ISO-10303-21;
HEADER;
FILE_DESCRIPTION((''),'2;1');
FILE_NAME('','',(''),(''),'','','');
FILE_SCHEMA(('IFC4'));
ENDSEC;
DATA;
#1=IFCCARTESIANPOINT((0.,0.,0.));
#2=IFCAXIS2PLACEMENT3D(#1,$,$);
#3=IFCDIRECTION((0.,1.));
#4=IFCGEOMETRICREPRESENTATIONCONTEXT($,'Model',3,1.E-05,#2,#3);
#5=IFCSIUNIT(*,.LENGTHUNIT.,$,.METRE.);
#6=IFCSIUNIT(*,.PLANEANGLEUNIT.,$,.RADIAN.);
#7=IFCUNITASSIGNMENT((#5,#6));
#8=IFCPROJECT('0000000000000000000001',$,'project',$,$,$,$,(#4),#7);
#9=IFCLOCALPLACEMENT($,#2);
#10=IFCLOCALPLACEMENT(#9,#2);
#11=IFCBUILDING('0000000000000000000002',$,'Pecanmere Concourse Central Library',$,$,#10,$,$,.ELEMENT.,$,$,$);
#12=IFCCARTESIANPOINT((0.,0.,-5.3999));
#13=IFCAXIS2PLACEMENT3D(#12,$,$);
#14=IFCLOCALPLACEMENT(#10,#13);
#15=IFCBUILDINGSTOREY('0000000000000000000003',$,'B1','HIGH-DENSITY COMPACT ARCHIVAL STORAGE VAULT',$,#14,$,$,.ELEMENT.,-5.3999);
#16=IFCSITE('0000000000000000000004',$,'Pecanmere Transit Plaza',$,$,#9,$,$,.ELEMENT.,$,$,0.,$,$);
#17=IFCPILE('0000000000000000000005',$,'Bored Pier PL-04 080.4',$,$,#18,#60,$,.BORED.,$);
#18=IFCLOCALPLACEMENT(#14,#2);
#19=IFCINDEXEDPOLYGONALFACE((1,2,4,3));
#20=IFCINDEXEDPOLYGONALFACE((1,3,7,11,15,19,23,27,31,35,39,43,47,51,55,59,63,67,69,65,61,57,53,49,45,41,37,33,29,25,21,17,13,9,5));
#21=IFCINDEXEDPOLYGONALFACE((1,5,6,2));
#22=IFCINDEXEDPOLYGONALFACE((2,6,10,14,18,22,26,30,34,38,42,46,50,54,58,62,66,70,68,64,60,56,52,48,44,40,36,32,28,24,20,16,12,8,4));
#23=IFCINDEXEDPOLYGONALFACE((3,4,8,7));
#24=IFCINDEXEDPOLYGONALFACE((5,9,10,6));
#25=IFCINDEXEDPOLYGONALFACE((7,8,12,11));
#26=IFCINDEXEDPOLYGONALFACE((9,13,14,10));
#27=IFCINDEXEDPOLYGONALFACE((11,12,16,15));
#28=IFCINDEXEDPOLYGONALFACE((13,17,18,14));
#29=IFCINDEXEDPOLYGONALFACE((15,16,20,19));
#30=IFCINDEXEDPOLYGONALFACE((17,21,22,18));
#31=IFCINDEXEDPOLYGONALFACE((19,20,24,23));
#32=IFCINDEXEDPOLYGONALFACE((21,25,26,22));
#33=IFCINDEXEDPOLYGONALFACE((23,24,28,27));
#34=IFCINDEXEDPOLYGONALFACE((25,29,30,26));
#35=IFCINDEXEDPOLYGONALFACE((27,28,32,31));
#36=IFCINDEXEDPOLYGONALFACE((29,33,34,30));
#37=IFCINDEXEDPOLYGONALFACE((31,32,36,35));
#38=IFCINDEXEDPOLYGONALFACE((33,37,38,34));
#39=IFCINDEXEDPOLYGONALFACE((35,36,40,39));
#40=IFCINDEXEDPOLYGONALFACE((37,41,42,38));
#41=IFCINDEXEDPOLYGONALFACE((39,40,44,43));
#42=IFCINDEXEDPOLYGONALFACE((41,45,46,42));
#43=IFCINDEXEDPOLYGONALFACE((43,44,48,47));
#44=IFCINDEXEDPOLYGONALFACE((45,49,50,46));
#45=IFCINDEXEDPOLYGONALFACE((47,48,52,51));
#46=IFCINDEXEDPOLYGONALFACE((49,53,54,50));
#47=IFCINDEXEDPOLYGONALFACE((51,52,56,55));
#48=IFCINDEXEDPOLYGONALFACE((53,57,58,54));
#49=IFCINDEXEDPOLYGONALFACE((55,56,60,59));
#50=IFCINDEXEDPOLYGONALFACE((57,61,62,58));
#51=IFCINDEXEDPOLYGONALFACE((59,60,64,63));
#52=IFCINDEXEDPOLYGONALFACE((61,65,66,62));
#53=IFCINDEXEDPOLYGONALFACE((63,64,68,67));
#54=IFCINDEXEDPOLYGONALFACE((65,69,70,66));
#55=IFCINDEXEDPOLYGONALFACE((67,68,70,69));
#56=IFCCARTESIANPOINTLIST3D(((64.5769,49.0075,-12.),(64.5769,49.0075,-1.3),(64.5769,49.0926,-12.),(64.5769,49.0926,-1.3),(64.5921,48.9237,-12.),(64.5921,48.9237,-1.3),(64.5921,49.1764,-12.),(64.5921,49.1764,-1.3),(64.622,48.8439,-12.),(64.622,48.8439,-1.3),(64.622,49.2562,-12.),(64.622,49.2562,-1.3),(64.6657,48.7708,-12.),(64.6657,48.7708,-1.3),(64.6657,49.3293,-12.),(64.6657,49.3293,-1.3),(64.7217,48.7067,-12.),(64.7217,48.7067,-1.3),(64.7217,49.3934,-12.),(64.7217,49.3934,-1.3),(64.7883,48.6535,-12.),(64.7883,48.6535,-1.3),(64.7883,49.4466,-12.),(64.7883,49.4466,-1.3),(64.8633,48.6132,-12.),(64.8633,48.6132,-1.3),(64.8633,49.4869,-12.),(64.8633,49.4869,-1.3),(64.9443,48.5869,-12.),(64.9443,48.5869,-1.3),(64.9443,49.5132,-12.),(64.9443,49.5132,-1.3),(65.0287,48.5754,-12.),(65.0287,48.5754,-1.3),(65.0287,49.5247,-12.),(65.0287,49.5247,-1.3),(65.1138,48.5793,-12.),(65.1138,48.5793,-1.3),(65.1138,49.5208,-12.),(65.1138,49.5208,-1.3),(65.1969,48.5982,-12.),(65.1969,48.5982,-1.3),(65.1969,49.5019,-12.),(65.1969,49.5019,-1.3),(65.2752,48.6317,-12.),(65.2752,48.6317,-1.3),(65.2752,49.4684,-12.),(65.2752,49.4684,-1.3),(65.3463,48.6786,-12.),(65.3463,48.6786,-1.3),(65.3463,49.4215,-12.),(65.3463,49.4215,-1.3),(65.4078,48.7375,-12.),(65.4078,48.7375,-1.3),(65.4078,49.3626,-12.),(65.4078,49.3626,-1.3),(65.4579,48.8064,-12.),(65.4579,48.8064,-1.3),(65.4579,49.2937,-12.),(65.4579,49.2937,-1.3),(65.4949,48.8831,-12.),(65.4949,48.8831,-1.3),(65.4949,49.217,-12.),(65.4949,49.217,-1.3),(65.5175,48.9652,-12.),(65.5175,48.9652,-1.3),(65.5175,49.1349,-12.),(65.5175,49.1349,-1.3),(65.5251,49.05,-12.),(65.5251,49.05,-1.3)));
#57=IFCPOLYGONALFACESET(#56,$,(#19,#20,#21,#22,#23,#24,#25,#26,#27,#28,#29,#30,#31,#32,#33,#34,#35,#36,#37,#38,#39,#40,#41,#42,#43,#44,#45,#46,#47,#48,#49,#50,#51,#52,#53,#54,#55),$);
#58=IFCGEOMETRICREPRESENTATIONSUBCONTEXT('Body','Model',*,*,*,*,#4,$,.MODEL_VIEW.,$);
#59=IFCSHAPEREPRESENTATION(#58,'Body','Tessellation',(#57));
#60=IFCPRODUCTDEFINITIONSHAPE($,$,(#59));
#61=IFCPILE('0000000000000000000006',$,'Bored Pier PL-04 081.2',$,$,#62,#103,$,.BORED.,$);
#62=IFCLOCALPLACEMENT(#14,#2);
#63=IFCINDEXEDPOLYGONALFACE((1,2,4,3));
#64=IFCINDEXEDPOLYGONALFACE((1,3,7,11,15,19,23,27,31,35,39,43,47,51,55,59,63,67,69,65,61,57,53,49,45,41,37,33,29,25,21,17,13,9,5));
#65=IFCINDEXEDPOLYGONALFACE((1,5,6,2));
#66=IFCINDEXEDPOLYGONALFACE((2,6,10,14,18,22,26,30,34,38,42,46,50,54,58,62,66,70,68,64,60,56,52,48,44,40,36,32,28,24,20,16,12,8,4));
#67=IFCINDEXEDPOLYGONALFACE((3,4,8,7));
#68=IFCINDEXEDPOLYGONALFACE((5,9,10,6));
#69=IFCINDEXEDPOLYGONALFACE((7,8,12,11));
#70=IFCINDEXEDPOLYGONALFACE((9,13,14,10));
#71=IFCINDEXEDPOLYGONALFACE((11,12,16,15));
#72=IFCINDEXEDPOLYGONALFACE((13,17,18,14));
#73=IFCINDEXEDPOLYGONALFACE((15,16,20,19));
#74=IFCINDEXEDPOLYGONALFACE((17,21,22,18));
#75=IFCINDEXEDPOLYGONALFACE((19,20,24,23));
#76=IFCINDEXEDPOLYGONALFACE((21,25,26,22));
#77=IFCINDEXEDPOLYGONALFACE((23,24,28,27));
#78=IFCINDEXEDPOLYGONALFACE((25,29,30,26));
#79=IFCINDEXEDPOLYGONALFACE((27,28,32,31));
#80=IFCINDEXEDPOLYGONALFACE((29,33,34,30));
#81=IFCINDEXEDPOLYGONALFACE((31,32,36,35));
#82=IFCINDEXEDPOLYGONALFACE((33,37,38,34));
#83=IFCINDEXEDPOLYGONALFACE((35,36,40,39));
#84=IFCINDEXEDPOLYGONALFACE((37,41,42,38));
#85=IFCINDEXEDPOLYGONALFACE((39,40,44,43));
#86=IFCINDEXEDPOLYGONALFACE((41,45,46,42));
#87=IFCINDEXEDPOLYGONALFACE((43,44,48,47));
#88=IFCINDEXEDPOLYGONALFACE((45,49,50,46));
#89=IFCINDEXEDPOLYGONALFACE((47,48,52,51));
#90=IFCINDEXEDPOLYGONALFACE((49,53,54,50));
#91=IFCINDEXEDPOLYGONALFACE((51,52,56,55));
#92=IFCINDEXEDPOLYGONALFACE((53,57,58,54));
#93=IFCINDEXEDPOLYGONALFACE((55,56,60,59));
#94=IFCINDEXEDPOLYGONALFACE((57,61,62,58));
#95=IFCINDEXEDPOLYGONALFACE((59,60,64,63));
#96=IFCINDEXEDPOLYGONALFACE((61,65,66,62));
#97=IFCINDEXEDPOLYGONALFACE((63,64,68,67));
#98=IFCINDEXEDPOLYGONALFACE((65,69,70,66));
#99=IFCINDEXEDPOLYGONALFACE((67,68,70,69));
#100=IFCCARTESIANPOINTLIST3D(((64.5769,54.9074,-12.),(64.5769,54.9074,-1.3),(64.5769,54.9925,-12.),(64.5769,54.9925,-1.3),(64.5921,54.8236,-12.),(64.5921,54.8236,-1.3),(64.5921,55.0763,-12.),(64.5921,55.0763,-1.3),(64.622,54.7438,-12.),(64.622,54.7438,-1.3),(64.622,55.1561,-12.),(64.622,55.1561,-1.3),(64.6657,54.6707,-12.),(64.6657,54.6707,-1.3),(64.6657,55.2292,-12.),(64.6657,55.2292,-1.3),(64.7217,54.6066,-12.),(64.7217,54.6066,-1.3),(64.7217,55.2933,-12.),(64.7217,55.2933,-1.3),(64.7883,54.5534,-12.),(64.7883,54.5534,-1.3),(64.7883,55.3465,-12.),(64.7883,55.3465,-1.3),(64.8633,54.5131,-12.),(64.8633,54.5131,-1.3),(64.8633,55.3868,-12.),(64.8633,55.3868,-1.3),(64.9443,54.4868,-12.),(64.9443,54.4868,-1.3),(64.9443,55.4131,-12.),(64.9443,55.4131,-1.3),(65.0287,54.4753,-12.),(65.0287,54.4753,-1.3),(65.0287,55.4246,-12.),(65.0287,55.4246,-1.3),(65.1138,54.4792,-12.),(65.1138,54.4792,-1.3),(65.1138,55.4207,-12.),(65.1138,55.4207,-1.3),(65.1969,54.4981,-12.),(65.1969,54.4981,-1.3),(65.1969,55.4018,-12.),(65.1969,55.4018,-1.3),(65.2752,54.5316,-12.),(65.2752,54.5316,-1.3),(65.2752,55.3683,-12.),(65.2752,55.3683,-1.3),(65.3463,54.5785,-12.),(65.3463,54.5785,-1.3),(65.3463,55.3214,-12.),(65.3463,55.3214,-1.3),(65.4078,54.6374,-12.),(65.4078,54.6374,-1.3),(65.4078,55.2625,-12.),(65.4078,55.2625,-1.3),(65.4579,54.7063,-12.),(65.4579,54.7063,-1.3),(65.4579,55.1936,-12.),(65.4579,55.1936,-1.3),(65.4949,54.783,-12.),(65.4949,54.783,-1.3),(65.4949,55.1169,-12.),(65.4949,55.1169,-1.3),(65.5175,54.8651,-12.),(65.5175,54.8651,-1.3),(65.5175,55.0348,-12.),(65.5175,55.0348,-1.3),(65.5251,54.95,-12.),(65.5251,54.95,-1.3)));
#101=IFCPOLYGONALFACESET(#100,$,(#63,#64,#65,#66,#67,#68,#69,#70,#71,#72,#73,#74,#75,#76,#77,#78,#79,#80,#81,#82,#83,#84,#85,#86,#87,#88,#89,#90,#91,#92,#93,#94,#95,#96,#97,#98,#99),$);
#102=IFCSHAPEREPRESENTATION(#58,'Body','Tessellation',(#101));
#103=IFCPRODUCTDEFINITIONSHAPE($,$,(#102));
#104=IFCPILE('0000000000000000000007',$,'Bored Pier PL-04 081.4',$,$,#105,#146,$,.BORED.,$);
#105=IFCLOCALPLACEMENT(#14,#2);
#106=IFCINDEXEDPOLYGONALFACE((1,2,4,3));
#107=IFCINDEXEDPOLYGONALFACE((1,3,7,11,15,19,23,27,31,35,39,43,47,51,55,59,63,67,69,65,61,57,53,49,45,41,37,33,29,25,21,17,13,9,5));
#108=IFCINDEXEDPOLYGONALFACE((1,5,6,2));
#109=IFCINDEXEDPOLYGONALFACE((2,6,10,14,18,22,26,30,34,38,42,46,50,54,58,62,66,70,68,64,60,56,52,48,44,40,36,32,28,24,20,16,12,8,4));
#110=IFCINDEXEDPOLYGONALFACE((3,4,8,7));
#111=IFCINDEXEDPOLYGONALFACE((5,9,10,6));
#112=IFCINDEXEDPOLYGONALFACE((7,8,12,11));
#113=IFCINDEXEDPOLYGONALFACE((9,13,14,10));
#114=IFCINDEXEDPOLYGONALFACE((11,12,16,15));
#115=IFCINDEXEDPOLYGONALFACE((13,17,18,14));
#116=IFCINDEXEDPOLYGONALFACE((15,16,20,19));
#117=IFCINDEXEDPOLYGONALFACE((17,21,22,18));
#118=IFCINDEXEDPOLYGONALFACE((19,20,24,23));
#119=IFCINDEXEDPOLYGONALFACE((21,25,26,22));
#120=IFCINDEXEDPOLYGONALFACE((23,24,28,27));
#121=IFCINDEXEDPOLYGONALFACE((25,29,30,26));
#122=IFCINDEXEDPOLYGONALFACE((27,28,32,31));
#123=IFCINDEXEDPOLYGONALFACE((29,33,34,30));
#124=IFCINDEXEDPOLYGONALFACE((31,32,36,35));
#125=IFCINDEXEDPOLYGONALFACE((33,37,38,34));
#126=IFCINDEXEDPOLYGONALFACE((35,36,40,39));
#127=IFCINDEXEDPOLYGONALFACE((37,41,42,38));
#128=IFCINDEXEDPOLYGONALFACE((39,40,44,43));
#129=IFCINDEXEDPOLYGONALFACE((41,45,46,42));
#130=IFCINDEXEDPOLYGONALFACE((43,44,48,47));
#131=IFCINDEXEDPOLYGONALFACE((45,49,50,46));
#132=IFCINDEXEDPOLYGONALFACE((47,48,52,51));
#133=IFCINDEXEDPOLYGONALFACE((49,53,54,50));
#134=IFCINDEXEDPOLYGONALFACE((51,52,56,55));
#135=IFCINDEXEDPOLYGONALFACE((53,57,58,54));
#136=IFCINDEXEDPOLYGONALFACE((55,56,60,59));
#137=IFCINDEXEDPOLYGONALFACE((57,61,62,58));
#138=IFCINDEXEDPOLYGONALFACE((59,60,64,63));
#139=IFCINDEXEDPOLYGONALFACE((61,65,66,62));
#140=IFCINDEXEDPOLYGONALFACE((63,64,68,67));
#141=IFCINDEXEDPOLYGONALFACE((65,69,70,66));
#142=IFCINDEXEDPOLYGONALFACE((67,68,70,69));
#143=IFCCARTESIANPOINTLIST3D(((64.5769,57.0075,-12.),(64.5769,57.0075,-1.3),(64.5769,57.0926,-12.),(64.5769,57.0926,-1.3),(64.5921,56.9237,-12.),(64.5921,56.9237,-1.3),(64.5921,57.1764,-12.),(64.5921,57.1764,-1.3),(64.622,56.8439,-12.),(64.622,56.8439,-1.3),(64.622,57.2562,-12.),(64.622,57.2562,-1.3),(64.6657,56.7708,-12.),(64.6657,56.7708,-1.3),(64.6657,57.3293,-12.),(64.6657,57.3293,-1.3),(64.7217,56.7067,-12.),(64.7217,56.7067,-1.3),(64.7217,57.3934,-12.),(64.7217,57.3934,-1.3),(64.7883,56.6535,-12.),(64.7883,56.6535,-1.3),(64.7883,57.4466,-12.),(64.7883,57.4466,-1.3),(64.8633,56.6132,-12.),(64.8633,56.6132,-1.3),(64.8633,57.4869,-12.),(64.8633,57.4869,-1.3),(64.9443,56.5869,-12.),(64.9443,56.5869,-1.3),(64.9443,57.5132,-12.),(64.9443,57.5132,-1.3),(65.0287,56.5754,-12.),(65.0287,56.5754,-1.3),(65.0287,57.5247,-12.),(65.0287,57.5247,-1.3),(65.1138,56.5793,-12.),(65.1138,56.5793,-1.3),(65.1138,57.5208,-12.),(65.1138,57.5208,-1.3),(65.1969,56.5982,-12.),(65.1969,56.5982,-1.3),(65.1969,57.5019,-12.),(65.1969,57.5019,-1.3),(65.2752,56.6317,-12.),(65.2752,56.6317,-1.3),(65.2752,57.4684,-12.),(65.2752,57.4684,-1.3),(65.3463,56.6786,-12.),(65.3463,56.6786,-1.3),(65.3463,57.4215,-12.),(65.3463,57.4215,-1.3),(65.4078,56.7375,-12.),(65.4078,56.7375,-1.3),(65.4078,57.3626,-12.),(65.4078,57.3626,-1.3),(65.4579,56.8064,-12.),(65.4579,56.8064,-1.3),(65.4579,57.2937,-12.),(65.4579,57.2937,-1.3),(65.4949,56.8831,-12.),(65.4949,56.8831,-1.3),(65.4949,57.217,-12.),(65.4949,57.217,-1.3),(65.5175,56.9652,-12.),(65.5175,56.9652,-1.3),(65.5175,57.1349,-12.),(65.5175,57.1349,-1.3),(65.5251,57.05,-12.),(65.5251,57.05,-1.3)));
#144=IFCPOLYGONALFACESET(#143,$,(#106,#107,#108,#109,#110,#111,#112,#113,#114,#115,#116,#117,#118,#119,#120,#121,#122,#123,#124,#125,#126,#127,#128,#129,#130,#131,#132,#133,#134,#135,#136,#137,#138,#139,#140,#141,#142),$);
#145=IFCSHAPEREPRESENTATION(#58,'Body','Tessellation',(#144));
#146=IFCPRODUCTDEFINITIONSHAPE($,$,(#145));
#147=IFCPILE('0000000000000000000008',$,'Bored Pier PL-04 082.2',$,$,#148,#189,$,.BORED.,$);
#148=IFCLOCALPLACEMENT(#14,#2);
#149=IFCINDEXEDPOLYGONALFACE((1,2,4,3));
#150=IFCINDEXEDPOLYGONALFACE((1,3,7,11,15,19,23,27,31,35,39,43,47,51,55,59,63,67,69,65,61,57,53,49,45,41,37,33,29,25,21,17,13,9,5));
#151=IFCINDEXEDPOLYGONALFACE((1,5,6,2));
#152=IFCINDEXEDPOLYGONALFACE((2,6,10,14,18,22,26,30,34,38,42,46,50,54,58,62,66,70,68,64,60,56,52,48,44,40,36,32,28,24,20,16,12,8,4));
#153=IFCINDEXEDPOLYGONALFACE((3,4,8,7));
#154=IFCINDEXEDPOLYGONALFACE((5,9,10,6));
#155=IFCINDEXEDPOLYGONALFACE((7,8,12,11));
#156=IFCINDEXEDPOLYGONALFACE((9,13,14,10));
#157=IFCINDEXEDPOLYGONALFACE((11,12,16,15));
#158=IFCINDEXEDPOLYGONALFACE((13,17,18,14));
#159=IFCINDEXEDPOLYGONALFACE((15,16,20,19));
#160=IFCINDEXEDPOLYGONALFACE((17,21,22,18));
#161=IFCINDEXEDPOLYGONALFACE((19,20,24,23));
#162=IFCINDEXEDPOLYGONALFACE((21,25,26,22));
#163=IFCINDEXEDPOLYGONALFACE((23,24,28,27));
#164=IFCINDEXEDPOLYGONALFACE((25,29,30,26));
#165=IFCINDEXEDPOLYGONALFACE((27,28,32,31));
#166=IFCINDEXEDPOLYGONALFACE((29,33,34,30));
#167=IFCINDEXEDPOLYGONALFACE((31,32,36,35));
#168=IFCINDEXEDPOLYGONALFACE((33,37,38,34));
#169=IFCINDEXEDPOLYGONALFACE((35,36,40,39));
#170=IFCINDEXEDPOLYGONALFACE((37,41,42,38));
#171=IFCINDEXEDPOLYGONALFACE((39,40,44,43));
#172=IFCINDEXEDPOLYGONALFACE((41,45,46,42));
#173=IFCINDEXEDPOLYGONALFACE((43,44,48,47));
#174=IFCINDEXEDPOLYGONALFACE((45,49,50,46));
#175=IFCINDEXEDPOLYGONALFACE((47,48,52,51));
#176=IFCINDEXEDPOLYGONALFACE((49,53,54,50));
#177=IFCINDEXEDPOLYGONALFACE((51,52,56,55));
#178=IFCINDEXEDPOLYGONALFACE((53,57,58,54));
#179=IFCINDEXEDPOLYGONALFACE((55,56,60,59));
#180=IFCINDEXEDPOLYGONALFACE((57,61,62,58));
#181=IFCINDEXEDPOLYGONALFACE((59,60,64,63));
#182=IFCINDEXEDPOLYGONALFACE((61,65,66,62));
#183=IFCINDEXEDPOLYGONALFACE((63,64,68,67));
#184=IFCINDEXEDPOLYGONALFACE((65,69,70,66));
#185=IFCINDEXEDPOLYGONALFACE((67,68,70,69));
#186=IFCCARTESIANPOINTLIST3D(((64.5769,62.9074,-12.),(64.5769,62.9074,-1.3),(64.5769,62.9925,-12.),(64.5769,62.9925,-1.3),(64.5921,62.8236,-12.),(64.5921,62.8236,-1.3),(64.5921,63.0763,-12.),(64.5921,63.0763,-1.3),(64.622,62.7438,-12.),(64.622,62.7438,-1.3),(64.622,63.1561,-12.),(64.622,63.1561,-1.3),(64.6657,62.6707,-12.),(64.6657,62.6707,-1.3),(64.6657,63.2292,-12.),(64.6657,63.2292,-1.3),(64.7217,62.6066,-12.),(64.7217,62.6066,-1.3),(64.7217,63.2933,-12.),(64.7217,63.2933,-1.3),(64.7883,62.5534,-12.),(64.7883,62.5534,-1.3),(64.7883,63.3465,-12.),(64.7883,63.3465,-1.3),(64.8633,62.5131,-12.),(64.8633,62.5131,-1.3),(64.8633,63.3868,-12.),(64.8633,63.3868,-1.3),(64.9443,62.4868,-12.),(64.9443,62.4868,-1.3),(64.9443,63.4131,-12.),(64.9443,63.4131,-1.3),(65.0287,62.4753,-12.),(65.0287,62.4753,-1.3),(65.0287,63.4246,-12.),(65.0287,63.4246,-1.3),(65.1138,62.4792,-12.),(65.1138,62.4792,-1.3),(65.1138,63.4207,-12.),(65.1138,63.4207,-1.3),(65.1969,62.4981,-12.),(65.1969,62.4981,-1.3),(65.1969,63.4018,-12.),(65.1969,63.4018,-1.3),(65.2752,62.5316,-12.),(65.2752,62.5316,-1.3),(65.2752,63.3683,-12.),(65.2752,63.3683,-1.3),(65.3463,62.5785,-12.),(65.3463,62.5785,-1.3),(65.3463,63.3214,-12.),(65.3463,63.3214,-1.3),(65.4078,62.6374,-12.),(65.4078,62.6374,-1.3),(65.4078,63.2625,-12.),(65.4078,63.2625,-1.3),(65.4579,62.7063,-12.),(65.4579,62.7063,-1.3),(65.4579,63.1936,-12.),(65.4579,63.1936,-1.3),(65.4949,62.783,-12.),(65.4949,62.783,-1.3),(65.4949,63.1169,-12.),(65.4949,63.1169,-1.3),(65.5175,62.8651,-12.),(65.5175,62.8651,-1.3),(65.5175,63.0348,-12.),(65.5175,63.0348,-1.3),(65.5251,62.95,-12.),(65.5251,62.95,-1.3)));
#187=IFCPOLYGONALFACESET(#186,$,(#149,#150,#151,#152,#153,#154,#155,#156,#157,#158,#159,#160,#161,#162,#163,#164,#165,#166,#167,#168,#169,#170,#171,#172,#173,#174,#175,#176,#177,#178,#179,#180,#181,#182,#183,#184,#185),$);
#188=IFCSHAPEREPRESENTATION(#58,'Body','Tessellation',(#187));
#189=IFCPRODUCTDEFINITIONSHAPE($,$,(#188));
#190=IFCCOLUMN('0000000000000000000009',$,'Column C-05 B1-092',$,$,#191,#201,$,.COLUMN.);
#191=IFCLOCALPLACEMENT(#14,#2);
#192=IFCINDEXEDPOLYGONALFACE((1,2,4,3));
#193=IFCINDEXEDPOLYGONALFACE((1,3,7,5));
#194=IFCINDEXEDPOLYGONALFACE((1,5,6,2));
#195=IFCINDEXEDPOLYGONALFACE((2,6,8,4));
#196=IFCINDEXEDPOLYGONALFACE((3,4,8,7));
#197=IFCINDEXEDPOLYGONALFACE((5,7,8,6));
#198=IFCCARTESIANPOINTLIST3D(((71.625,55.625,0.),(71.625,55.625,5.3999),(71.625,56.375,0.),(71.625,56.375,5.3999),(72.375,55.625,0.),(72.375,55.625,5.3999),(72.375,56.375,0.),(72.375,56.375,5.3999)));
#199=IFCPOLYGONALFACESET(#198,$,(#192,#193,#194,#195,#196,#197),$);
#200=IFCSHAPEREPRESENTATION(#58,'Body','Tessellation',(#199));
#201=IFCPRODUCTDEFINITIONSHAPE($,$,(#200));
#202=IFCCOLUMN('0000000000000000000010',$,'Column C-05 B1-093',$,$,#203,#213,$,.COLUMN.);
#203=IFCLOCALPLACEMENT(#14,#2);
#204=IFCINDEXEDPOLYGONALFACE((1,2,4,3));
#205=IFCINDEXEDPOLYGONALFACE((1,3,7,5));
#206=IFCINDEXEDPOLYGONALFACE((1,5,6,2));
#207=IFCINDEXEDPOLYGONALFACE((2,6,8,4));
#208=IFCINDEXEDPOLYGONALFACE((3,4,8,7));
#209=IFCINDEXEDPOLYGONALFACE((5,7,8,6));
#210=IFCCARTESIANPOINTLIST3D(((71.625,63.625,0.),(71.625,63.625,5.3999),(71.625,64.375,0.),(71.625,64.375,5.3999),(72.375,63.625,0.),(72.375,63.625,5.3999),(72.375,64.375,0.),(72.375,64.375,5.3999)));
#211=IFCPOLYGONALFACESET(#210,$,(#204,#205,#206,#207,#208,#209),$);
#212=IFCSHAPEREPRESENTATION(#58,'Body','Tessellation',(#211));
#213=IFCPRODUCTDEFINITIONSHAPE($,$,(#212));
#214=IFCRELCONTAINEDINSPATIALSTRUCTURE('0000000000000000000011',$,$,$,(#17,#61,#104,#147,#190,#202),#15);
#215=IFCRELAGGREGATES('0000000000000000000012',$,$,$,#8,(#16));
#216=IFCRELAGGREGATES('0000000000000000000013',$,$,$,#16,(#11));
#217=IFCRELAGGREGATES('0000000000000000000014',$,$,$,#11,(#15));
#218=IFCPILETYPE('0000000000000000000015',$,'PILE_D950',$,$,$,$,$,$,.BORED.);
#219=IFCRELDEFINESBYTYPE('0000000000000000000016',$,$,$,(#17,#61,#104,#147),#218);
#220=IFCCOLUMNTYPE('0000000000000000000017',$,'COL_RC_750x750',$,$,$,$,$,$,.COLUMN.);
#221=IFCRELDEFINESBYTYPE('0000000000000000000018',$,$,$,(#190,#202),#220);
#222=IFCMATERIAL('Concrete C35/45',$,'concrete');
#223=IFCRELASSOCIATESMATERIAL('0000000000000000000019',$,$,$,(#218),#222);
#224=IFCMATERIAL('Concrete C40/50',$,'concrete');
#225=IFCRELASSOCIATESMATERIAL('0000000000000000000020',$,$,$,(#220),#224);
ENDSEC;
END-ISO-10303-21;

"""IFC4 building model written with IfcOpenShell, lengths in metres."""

from ifc_helpers import new_model, si_unit, direction, frame, origin, origin_2d, place, context, subcontext, project, spatial, rectangle, circle, extrude, material, material_profile, profile_set, type_object, element, save


model = new_model("IFC4")

# Units and contexts
model_context = context("Model", 3, precision=1e-05, world=origin(), true_north=direction((0.0, 1.0)))
body_context = subcontext(model_context, "Body", "Model", "MODEL_VIEW")
ifc_project = project(units=[si_unit("LENGTHUNIT", "METRE"), si_unit("PLANEANGLEUNIT", "RADIAN")], contexts=[model_context])

# Site, building, storey
site_placement = place(None, origin())
site = spatial("IfcSite", under=ifc_project, at=site_placement, Name="Pecanmere Transit Plaza", CompositionType="ELEMENT", RefElevation=0.0)
building_placement = place(site_placement, origin())
building = spatial("IfcBuilding", under=site, at=building_placement, Name="Pecanmere Concourse Central Library", CompositionType="ELEMENT")
storey_placement = place(building_placement, frame((0.0, 0.0, -5.3999)))
storey = spatial("IfcBuildingStorey", under=building, at=storey_placement, Name="B1", Description="HIGH-DENSITY COMPACT ARCHIVAL STORAGE VAULT", CompositionType="ELEMENT", Elevation=-5.3999)

# Piles
ifc_material_1 = material(Name="Concrete C35/45", Category="concrete")
ifc_material_profile_1 = material_profile(ifc_material_1, circle(Radius=0.4751, at=origin_2d()), Name="PIER D950")
ifc_profile_set_1 = profile_set([ifc_material_profile_1], Name="Concrete C35/45")
pile_type_1 = type_object("IfcPileType", Name="PILE_D950", PredefinedType="BORED", material=ifc_profile_set_1)
for number, where, z_axis, x_axis, name in (
    (1, (65.05, 49.05, -1.3), (0.0, 0.0, -1.0), (1.0, 0.0, 0.0), "Bored Pier PL-04 080.4"),
    (2, (65.05, 54.95, -1.3), (0.0, 0.0, -1.0), (1.0, 0.0, 0.0), "Bored Pier PL-04 081.2"),
    (3, (65.05, 57.05, -1.3), (0.0, 0.0, -1.0), (1.0, 0.0, 0.0), "Bored Pier PL-04 081.4"),
    (4, (65.05, 62.95, -1.3), (0.0, 0.0, -1.0), (1.0, 0.0, 0.0), "Bored Pier PL-04 082.2"),
):
    element("IfcPile", number, at=place(storey_placement, frame(where, z_axis=z_axis, x_axis=x_axis)), inside=storey, type_object=pile_type_1, Name=name, PredefinedType="BORED", context=body_context, shape_type="SweptSolid", body=[
        extrude(circle(Radius=0.4751, at=origin_2d()), origin(), (0.0, 0.0, 1.0), 10.7),
    ])

# Columns
ifc_material_2 = material(Name="Concrete C40/50", Category="concrete")
ifc_material_profile_2 = material_profile(ifc_material_2, rectangle(XDim=0.75, YDim=0.75, at=origin_2d()), Name="RC 750x750")
ifc_profile_set_2 = profile_set([ifc_material_profile_2], Name="Concrete C40/50")
column_type = type_object("IfcColumnType", Name="COL_RC_750x750", PredefinedType="COLUMN", material=ifc_profile_set_2)
for number, where, z_axis, x_axis, name in (
    (5, (72.0, 56.0, 0.0), (0.0, 0.0, 1.0), (1.0, 0.0, 0.0), "Column C-05 B1-092"),
    (6, (72.0, 64.0, 0.0), (0.0, 0.0, 1.0), (1.0, 0.0, 0.0), "Column C-05 B1-093"),
):
    element("IfcColumn", number, at=place(storey_placement, frame(where, z_axis=z_axis, x_axis=x_axis)), inside=storey, type_object=column_type, Name=name, PredefinedType="COLUMN", context=body_context, shape_type="SweptSolid", body=[
        extrude(rectangle(XDim=0.75, YDim=0.75, at=origin_2d()), origin(), (0.0, 0.0, 1.0), 5.3999),
    ])

save(model, "model.ifc")
